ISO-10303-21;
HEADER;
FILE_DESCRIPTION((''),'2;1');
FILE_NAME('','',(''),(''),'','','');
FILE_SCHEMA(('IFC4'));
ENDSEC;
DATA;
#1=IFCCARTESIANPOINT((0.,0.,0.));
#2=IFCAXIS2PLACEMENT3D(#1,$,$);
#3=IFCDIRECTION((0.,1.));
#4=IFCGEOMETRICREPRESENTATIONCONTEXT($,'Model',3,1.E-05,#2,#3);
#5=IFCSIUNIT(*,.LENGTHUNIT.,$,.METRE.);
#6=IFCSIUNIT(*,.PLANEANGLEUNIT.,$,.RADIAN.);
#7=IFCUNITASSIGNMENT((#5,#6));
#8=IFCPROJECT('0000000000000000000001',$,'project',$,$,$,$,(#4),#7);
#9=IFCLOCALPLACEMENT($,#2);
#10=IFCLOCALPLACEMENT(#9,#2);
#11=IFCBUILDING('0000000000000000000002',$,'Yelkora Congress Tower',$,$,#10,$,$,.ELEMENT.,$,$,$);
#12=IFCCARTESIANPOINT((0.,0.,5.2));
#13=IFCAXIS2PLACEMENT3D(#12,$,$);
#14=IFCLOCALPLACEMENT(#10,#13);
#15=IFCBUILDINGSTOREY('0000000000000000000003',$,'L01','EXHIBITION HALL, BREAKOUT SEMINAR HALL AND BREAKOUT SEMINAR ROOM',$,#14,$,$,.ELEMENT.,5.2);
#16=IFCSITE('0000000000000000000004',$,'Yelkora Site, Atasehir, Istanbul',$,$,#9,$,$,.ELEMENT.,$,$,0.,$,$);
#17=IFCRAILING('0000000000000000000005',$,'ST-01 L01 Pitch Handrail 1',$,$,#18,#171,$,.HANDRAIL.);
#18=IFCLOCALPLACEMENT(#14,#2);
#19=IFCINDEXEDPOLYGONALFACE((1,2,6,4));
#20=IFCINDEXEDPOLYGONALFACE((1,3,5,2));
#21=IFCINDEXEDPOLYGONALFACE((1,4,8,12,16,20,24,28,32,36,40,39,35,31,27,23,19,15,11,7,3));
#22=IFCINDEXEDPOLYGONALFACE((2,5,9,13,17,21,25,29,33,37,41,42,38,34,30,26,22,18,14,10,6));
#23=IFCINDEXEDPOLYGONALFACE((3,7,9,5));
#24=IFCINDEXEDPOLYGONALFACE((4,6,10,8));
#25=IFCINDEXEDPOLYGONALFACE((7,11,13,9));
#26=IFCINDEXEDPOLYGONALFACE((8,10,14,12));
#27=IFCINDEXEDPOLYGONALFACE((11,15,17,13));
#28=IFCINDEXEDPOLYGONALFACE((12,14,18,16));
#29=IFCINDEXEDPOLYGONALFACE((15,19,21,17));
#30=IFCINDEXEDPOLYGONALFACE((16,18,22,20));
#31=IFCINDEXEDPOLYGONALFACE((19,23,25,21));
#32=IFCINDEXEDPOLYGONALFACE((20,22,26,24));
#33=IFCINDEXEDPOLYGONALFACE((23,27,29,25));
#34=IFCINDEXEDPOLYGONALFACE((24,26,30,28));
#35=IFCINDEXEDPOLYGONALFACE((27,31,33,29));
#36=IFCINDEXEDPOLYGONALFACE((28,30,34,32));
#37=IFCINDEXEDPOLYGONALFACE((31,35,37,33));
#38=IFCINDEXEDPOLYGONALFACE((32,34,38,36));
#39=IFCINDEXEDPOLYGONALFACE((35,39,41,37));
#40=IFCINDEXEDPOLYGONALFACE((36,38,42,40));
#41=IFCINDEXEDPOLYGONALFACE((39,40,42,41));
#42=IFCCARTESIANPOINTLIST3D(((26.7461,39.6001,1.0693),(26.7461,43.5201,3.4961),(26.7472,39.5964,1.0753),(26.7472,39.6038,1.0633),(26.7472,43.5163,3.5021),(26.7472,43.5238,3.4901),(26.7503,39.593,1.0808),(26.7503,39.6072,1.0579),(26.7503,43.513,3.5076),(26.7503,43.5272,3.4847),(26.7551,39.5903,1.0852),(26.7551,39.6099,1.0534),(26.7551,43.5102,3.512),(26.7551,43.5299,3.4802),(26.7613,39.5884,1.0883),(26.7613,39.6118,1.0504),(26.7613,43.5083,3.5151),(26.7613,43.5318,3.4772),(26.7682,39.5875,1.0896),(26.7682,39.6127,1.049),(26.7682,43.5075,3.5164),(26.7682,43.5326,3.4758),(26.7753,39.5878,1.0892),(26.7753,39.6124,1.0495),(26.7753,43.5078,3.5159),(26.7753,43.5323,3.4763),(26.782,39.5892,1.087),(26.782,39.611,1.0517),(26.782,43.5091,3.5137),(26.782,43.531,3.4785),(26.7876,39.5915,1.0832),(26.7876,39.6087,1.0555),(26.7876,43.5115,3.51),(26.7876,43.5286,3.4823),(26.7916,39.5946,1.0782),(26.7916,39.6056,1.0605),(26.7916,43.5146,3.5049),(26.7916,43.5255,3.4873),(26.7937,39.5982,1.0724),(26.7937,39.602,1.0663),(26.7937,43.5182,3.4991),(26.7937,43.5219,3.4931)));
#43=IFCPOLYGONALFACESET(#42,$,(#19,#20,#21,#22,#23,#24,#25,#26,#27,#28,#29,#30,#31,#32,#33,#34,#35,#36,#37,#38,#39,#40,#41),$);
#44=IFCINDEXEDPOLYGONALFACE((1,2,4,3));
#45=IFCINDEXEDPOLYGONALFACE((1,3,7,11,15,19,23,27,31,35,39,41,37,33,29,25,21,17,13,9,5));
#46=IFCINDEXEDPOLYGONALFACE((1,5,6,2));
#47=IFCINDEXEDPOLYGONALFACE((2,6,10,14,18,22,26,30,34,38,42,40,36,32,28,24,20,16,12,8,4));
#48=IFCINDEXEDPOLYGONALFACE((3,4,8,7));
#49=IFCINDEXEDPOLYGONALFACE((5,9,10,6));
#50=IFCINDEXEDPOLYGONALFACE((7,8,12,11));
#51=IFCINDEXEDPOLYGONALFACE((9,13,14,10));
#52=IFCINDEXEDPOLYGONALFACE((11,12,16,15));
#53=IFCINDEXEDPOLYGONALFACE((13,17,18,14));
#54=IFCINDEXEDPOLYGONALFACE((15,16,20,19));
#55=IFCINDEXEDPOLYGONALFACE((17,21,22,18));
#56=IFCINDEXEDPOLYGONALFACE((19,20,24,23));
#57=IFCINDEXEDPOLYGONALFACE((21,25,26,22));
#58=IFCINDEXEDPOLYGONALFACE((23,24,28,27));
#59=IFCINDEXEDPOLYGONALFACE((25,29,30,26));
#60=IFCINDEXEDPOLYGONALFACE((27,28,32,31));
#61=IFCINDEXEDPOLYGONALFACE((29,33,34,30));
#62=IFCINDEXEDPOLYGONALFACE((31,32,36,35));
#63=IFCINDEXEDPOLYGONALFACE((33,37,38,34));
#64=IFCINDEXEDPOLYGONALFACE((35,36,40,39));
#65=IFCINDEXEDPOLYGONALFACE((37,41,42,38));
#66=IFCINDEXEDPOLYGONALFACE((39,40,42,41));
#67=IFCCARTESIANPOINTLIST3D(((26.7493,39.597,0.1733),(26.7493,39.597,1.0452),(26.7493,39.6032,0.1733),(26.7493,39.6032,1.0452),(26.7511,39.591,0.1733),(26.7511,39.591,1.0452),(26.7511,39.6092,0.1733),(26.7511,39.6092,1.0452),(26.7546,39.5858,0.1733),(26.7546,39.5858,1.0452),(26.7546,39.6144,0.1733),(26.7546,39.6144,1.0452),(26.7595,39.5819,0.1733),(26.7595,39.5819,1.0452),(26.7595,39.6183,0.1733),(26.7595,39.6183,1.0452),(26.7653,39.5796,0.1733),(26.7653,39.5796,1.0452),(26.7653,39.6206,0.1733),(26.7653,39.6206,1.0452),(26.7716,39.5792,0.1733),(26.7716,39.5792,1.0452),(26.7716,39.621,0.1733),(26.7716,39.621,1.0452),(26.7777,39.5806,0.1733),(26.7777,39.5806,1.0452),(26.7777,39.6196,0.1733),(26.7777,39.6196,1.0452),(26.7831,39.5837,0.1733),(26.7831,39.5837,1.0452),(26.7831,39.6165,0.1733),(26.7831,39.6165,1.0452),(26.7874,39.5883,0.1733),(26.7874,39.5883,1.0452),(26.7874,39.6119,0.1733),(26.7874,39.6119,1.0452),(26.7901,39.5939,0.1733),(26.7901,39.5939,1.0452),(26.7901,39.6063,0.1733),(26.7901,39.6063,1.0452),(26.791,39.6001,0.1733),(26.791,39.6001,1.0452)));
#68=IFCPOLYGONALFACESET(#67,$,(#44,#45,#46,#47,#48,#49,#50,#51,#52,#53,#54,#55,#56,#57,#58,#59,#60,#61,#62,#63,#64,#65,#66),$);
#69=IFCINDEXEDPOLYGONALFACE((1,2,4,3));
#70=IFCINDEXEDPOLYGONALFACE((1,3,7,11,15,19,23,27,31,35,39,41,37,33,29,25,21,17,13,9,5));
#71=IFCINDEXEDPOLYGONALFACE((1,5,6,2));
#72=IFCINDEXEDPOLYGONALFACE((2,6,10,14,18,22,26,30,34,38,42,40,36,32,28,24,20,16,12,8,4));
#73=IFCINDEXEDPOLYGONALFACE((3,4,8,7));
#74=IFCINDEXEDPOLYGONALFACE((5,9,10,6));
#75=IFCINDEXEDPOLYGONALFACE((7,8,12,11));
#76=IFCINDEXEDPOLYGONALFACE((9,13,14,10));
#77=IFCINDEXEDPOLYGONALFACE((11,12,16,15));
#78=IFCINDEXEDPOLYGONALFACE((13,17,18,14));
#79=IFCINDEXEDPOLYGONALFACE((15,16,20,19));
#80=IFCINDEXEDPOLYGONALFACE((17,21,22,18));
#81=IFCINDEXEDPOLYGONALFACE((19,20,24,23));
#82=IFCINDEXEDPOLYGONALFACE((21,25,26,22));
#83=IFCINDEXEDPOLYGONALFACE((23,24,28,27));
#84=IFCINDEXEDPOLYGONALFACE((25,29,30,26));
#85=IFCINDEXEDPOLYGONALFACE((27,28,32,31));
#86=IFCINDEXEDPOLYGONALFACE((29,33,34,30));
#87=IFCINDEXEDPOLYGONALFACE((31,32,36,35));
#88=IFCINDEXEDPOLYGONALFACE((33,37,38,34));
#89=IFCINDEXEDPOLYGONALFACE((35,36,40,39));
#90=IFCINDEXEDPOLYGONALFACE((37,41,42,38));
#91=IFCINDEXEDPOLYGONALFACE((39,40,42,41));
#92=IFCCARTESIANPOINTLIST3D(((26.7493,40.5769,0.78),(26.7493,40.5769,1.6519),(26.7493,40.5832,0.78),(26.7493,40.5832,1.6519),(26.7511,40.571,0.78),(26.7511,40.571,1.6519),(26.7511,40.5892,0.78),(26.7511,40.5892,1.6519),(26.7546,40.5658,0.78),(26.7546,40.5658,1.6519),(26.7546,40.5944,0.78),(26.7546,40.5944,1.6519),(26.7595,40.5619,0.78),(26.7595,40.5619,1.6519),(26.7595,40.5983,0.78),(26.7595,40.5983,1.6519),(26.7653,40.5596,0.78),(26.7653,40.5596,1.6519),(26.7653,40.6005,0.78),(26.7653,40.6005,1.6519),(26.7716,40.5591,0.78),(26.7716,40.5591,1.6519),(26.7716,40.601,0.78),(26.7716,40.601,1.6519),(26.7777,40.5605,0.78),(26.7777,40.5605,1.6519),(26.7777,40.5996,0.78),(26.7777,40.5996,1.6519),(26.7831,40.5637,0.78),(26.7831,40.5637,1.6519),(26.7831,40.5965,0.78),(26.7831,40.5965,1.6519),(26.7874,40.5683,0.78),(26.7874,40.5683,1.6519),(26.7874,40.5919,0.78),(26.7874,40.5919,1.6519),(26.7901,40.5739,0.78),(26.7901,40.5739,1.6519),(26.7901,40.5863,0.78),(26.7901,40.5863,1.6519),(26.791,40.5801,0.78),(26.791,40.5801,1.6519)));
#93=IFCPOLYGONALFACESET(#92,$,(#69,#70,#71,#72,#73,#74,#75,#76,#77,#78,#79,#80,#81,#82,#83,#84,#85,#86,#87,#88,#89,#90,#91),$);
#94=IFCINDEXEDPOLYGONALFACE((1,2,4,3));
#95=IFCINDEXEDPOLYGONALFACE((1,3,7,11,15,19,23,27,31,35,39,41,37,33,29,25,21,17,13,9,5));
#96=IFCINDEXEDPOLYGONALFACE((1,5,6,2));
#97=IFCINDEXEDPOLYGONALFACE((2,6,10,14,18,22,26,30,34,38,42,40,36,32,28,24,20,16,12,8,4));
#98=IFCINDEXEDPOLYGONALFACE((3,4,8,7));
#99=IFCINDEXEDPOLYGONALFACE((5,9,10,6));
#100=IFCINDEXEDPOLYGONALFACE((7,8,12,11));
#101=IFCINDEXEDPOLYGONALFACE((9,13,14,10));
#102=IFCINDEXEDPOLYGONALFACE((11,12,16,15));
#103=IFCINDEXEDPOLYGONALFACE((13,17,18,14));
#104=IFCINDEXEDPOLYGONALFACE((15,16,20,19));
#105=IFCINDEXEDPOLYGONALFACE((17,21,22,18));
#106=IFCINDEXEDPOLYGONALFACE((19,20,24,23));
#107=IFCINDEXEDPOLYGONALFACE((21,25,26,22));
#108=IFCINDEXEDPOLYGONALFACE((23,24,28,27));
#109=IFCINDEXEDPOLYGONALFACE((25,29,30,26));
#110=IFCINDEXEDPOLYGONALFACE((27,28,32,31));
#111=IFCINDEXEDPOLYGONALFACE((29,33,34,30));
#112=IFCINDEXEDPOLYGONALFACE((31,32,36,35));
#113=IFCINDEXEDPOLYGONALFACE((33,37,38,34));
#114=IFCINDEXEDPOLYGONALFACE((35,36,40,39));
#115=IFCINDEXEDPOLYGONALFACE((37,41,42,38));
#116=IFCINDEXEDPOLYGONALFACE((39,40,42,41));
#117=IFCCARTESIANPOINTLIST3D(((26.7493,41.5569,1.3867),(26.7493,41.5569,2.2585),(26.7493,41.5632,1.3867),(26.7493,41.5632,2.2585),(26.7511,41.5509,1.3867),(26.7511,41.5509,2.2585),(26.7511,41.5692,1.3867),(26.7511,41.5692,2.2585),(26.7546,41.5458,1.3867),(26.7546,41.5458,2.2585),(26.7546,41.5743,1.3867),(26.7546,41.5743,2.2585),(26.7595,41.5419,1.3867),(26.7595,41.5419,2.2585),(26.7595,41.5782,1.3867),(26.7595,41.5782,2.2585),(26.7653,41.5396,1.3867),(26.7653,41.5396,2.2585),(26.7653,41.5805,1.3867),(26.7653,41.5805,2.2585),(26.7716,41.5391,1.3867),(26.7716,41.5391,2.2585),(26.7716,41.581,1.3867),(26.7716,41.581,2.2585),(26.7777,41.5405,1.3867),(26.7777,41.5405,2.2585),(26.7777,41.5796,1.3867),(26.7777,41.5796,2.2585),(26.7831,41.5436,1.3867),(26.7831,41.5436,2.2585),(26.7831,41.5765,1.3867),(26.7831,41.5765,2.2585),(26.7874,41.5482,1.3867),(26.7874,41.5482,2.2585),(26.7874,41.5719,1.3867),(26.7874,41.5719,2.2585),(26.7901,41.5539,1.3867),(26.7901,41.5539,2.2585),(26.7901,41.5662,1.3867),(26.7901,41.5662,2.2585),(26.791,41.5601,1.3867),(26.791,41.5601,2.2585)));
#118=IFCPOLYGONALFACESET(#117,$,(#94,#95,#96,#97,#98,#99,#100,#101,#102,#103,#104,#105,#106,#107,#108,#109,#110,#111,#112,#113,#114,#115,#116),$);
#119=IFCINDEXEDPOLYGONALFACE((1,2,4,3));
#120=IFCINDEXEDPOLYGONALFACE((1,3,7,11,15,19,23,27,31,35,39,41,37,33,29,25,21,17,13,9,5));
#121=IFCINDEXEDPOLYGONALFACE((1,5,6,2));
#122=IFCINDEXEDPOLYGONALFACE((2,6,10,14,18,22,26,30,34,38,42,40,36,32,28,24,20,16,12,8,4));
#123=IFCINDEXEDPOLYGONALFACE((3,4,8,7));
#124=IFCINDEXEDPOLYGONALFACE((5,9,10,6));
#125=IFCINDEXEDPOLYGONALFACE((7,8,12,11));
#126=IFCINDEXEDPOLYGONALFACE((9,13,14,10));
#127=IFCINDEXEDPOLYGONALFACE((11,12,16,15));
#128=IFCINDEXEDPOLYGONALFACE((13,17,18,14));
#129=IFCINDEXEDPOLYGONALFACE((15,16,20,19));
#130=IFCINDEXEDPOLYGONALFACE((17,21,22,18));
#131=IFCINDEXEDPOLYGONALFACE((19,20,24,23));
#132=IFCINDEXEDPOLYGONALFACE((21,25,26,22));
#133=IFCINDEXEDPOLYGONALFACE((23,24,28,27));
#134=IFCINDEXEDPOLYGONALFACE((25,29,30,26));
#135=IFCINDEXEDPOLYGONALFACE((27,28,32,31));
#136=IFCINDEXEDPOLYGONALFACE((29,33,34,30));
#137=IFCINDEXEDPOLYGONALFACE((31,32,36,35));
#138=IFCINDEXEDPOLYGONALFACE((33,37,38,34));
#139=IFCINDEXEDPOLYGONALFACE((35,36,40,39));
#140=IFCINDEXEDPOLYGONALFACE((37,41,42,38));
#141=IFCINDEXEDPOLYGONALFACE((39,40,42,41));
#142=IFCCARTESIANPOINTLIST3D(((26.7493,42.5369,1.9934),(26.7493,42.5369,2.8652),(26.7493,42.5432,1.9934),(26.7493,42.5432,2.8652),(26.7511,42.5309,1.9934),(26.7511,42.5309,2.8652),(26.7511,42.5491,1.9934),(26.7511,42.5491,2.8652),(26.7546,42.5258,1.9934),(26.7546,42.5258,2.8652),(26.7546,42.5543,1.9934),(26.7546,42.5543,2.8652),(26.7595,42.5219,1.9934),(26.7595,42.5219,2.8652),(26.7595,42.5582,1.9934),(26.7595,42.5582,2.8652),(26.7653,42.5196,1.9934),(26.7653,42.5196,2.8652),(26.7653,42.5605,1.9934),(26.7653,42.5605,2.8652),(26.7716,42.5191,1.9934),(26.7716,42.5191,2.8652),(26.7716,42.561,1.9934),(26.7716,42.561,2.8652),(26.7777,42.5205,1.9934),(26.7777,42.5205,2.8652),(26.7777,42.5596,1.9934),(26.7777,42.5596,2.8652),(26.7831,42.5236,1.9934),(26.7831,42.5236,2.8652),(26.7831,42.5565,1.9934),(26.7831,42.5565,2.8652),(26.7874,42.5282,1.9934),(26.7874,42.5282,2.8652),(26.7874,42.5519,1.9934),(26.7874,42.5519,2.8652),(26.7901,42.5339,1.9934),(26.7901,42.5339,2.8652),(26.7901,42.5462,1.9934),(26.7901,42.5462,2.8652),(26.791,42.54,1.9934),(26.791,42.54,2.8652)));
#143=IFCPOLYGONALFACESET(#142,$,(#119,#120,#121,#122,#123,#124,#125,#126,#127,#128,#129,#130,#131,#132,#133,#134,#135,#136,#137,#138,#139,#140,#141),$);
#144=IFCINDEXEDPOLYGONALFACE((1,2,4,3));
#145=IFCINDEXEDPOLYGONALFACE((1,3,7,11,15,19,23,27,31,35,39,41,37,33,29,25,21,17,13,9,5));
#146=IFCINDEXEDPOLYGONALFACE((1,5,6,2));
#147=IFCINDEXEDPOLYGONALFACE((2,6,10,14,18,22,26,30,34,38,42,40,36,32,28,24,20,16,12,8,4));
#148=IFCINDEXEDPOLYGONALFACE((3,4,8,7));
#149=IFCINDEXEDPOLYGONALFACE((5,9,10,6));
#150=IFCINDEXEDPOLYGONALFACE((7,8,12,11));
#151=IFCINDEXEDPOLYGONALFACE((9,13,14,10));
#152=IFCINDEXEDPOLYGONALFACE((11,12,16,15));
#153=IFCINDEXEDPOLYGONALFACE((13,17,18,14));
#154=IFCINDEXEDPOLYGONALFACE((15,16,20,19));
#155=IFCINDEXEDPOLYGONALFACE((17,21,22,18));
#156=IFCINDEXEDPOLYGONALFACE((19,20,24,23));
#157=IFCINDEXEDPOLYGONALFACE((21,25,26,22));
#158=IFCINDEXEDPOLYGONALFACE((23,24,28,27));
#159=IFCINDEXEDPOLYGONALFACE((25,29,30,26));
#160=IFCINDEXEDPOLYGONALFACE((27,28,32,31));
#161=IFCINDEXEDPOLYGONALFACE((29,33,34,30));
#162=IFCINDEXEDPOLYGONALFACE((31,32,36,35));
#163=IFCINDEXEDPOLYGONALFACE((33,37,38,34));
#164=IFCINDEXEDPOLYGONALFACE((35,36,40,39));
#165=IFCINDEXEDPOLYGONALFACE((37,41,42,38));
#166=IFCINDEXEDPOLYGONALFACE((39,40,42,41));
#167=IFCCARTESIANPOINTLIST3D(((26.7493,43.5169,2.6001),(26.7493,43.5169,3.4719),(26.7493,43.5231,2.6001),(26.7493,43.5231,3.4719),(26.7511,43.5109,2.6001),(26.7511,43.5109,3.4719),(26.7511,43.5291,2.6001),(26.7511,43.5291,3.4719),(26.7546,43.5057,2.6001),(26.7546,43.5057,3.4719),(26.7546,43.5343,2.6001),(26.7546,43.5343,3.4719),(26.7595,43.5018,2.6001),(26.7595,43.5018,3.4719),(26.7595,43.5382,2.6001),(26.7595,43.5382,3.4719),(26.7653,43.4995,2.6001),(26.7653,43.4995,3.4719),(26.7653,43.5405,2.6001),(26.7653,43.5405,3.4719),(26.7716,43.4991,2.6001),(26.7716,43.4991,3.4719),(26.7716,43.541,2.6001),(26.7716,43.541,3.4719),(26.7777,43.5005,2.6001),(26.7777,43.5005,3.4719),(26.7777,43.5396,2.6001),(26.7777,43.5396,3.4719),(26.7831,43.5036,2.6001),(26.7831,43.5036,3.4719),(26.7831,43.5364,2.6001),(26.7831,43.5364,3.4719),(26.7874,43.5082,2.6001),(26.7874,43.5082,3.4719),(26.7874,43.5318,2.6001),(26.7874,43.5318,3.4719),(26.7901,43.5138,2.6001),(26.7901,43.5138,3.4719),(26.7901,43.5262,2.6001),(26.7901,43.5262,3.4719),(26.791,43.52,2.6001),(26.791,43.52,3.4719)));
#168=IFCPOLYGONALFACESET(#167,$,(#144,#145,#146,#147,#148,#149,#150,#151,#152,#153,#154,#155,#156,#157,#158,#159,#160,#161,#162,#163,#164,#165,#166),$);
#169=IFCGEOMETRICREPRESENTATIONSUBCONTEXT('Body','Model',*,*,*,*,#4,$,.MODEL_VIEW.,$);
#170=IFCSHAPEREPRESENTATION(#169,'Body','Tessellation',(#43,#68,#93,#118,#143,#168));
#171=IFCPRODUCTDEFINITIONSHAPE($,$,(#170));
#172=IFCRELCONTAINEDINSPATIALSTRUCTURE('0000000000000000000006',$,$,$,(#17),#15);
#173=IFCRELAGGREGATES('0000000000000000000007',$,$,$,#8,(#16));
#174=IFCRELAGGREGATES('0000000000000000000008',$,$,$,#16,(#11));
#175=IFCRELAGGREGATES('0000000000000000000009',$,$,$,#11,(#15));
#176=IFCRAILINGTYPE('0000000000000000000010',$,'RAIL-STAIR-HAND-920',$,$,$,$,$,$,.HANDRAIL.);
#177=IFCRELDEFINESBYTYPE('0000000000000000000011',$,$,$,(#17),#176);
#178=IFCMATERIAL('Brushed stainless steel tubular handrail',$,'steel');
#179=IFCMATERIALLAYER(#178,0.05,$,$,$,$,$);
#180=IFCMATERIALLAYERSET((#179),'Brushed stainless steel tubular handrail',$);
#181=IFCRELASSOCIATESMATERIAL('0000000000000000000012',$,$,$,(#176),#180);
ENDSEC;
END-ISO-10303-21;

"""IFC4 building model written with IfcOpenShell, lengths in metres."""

from ifc_helpers import new_model, si_unit, direction, frame, origin, origin_2d, place, context, subcontext, project, spatial, circle, extrude, material, layer, layer_set, type_object, element, save


model = new_model("IFC4")

# Units and contexts
model_context = context("Model", 3, precision=1e-05, world=origin(), true_north=direction((0.0, 1.0)))
body_context = subcontext(model_context, "Body", "Model", "MODEL_VIEW")
ifc_project = project(units=[si_unit("LENGTHUNIT", "METRE"), si_unit("PLANEANGLEUNIT", "RADIAN")], contexts=[model_context])

# Site, building, storey
site_placement = place(None, origin())
site = spatial("IfcSite", under=ifc_project, at=site_placement, Name="Yelkora Site, Atasehir, Istanbul", CompositionType="ELEMENT", RefElevation=0.0)
building_placement = place(site_placement, origin())
building = spatial("IfcBuilding", under=site, at=building_placement, Name="Yelkora Congress Tower", CompositionType="ELEMENT")
storey_placement = place(building_placement, frame((0.0, 0.0, 5.2)))
storey = spatial("IfcBuildingStorey", under=building, at=storey_placement, Name="L01", Description="EXHIBITION HALL, BREAKOUT SEMINAR HALL AND BREAKOUT SEMINAR ROOM", CompositionType="ELEMENT", Elevation=5.2)

# Railing
ifc_material_1 = material(Name="Brushed stainless steel tubular handrail", Category="steel")
ifc_layer_1 = layer(ifc_material_1, 0.05)
ifc_layer_set_1 = layer_set([ifc_layer_1], Name="Brushed stainless steel tubular handrail")
railing_type_1 = type_object("IfcRailingType", Name="RAIL-STAIR-HAND-920", PredefinedType="HANDRAIL", material=ifc_layer_set_1)
railing_1_placement = place(storey_placement, frame((26.77, 39.6001, 0.1733)))
element("IfcRailing", 1, at=railing_1_placement, inside=storey, type_object=railing_type_1, Name="ST-01 L01 Pitch Handrail 1", PredefinedType="HANDRAIL", context=body_context, shape_type="SweptSolid", body=[
    extrude(circle(Radius=0.0239, at=origin_2d()), frame((0.0, 0.0, 0.896), z_axis=(0.0, 0.850252, 0.526376), x_axis=(-1.0, 0.0, 0.0)), (0.0, 0.0, 1.0), 4.6104),
    extrude(circle(Radius=0.021, at=origin_2d()), origin(), (0.0, 0.0, 1.0), 0.8718),
    extrude(circle(Radius=0.021, at=origin_2d()), frame((0.0, 0.98, 0.6067)), (0.0, 0.0, 1.0), 0.8718),
    extrude(circle(Radius=0.021, at=origin_2d()), frame((0.0, 1.96, 1.2134)), (0.0, 0.0, 1.0), 0.8718),
    extrude(circle(Radius=0.021, at=origin_2d()), frame((0.0, 2.9399, 1.8201)), (0.0, 0.0, 1.0), 0.8718),
    extrude(circle(Radius=0.021, at=origin_2d()), frame((0.0, 3.9199, 2.4268)), (0.0, 0.0, 1.0), 0.8718),
])

save(model, "model.ifc")
